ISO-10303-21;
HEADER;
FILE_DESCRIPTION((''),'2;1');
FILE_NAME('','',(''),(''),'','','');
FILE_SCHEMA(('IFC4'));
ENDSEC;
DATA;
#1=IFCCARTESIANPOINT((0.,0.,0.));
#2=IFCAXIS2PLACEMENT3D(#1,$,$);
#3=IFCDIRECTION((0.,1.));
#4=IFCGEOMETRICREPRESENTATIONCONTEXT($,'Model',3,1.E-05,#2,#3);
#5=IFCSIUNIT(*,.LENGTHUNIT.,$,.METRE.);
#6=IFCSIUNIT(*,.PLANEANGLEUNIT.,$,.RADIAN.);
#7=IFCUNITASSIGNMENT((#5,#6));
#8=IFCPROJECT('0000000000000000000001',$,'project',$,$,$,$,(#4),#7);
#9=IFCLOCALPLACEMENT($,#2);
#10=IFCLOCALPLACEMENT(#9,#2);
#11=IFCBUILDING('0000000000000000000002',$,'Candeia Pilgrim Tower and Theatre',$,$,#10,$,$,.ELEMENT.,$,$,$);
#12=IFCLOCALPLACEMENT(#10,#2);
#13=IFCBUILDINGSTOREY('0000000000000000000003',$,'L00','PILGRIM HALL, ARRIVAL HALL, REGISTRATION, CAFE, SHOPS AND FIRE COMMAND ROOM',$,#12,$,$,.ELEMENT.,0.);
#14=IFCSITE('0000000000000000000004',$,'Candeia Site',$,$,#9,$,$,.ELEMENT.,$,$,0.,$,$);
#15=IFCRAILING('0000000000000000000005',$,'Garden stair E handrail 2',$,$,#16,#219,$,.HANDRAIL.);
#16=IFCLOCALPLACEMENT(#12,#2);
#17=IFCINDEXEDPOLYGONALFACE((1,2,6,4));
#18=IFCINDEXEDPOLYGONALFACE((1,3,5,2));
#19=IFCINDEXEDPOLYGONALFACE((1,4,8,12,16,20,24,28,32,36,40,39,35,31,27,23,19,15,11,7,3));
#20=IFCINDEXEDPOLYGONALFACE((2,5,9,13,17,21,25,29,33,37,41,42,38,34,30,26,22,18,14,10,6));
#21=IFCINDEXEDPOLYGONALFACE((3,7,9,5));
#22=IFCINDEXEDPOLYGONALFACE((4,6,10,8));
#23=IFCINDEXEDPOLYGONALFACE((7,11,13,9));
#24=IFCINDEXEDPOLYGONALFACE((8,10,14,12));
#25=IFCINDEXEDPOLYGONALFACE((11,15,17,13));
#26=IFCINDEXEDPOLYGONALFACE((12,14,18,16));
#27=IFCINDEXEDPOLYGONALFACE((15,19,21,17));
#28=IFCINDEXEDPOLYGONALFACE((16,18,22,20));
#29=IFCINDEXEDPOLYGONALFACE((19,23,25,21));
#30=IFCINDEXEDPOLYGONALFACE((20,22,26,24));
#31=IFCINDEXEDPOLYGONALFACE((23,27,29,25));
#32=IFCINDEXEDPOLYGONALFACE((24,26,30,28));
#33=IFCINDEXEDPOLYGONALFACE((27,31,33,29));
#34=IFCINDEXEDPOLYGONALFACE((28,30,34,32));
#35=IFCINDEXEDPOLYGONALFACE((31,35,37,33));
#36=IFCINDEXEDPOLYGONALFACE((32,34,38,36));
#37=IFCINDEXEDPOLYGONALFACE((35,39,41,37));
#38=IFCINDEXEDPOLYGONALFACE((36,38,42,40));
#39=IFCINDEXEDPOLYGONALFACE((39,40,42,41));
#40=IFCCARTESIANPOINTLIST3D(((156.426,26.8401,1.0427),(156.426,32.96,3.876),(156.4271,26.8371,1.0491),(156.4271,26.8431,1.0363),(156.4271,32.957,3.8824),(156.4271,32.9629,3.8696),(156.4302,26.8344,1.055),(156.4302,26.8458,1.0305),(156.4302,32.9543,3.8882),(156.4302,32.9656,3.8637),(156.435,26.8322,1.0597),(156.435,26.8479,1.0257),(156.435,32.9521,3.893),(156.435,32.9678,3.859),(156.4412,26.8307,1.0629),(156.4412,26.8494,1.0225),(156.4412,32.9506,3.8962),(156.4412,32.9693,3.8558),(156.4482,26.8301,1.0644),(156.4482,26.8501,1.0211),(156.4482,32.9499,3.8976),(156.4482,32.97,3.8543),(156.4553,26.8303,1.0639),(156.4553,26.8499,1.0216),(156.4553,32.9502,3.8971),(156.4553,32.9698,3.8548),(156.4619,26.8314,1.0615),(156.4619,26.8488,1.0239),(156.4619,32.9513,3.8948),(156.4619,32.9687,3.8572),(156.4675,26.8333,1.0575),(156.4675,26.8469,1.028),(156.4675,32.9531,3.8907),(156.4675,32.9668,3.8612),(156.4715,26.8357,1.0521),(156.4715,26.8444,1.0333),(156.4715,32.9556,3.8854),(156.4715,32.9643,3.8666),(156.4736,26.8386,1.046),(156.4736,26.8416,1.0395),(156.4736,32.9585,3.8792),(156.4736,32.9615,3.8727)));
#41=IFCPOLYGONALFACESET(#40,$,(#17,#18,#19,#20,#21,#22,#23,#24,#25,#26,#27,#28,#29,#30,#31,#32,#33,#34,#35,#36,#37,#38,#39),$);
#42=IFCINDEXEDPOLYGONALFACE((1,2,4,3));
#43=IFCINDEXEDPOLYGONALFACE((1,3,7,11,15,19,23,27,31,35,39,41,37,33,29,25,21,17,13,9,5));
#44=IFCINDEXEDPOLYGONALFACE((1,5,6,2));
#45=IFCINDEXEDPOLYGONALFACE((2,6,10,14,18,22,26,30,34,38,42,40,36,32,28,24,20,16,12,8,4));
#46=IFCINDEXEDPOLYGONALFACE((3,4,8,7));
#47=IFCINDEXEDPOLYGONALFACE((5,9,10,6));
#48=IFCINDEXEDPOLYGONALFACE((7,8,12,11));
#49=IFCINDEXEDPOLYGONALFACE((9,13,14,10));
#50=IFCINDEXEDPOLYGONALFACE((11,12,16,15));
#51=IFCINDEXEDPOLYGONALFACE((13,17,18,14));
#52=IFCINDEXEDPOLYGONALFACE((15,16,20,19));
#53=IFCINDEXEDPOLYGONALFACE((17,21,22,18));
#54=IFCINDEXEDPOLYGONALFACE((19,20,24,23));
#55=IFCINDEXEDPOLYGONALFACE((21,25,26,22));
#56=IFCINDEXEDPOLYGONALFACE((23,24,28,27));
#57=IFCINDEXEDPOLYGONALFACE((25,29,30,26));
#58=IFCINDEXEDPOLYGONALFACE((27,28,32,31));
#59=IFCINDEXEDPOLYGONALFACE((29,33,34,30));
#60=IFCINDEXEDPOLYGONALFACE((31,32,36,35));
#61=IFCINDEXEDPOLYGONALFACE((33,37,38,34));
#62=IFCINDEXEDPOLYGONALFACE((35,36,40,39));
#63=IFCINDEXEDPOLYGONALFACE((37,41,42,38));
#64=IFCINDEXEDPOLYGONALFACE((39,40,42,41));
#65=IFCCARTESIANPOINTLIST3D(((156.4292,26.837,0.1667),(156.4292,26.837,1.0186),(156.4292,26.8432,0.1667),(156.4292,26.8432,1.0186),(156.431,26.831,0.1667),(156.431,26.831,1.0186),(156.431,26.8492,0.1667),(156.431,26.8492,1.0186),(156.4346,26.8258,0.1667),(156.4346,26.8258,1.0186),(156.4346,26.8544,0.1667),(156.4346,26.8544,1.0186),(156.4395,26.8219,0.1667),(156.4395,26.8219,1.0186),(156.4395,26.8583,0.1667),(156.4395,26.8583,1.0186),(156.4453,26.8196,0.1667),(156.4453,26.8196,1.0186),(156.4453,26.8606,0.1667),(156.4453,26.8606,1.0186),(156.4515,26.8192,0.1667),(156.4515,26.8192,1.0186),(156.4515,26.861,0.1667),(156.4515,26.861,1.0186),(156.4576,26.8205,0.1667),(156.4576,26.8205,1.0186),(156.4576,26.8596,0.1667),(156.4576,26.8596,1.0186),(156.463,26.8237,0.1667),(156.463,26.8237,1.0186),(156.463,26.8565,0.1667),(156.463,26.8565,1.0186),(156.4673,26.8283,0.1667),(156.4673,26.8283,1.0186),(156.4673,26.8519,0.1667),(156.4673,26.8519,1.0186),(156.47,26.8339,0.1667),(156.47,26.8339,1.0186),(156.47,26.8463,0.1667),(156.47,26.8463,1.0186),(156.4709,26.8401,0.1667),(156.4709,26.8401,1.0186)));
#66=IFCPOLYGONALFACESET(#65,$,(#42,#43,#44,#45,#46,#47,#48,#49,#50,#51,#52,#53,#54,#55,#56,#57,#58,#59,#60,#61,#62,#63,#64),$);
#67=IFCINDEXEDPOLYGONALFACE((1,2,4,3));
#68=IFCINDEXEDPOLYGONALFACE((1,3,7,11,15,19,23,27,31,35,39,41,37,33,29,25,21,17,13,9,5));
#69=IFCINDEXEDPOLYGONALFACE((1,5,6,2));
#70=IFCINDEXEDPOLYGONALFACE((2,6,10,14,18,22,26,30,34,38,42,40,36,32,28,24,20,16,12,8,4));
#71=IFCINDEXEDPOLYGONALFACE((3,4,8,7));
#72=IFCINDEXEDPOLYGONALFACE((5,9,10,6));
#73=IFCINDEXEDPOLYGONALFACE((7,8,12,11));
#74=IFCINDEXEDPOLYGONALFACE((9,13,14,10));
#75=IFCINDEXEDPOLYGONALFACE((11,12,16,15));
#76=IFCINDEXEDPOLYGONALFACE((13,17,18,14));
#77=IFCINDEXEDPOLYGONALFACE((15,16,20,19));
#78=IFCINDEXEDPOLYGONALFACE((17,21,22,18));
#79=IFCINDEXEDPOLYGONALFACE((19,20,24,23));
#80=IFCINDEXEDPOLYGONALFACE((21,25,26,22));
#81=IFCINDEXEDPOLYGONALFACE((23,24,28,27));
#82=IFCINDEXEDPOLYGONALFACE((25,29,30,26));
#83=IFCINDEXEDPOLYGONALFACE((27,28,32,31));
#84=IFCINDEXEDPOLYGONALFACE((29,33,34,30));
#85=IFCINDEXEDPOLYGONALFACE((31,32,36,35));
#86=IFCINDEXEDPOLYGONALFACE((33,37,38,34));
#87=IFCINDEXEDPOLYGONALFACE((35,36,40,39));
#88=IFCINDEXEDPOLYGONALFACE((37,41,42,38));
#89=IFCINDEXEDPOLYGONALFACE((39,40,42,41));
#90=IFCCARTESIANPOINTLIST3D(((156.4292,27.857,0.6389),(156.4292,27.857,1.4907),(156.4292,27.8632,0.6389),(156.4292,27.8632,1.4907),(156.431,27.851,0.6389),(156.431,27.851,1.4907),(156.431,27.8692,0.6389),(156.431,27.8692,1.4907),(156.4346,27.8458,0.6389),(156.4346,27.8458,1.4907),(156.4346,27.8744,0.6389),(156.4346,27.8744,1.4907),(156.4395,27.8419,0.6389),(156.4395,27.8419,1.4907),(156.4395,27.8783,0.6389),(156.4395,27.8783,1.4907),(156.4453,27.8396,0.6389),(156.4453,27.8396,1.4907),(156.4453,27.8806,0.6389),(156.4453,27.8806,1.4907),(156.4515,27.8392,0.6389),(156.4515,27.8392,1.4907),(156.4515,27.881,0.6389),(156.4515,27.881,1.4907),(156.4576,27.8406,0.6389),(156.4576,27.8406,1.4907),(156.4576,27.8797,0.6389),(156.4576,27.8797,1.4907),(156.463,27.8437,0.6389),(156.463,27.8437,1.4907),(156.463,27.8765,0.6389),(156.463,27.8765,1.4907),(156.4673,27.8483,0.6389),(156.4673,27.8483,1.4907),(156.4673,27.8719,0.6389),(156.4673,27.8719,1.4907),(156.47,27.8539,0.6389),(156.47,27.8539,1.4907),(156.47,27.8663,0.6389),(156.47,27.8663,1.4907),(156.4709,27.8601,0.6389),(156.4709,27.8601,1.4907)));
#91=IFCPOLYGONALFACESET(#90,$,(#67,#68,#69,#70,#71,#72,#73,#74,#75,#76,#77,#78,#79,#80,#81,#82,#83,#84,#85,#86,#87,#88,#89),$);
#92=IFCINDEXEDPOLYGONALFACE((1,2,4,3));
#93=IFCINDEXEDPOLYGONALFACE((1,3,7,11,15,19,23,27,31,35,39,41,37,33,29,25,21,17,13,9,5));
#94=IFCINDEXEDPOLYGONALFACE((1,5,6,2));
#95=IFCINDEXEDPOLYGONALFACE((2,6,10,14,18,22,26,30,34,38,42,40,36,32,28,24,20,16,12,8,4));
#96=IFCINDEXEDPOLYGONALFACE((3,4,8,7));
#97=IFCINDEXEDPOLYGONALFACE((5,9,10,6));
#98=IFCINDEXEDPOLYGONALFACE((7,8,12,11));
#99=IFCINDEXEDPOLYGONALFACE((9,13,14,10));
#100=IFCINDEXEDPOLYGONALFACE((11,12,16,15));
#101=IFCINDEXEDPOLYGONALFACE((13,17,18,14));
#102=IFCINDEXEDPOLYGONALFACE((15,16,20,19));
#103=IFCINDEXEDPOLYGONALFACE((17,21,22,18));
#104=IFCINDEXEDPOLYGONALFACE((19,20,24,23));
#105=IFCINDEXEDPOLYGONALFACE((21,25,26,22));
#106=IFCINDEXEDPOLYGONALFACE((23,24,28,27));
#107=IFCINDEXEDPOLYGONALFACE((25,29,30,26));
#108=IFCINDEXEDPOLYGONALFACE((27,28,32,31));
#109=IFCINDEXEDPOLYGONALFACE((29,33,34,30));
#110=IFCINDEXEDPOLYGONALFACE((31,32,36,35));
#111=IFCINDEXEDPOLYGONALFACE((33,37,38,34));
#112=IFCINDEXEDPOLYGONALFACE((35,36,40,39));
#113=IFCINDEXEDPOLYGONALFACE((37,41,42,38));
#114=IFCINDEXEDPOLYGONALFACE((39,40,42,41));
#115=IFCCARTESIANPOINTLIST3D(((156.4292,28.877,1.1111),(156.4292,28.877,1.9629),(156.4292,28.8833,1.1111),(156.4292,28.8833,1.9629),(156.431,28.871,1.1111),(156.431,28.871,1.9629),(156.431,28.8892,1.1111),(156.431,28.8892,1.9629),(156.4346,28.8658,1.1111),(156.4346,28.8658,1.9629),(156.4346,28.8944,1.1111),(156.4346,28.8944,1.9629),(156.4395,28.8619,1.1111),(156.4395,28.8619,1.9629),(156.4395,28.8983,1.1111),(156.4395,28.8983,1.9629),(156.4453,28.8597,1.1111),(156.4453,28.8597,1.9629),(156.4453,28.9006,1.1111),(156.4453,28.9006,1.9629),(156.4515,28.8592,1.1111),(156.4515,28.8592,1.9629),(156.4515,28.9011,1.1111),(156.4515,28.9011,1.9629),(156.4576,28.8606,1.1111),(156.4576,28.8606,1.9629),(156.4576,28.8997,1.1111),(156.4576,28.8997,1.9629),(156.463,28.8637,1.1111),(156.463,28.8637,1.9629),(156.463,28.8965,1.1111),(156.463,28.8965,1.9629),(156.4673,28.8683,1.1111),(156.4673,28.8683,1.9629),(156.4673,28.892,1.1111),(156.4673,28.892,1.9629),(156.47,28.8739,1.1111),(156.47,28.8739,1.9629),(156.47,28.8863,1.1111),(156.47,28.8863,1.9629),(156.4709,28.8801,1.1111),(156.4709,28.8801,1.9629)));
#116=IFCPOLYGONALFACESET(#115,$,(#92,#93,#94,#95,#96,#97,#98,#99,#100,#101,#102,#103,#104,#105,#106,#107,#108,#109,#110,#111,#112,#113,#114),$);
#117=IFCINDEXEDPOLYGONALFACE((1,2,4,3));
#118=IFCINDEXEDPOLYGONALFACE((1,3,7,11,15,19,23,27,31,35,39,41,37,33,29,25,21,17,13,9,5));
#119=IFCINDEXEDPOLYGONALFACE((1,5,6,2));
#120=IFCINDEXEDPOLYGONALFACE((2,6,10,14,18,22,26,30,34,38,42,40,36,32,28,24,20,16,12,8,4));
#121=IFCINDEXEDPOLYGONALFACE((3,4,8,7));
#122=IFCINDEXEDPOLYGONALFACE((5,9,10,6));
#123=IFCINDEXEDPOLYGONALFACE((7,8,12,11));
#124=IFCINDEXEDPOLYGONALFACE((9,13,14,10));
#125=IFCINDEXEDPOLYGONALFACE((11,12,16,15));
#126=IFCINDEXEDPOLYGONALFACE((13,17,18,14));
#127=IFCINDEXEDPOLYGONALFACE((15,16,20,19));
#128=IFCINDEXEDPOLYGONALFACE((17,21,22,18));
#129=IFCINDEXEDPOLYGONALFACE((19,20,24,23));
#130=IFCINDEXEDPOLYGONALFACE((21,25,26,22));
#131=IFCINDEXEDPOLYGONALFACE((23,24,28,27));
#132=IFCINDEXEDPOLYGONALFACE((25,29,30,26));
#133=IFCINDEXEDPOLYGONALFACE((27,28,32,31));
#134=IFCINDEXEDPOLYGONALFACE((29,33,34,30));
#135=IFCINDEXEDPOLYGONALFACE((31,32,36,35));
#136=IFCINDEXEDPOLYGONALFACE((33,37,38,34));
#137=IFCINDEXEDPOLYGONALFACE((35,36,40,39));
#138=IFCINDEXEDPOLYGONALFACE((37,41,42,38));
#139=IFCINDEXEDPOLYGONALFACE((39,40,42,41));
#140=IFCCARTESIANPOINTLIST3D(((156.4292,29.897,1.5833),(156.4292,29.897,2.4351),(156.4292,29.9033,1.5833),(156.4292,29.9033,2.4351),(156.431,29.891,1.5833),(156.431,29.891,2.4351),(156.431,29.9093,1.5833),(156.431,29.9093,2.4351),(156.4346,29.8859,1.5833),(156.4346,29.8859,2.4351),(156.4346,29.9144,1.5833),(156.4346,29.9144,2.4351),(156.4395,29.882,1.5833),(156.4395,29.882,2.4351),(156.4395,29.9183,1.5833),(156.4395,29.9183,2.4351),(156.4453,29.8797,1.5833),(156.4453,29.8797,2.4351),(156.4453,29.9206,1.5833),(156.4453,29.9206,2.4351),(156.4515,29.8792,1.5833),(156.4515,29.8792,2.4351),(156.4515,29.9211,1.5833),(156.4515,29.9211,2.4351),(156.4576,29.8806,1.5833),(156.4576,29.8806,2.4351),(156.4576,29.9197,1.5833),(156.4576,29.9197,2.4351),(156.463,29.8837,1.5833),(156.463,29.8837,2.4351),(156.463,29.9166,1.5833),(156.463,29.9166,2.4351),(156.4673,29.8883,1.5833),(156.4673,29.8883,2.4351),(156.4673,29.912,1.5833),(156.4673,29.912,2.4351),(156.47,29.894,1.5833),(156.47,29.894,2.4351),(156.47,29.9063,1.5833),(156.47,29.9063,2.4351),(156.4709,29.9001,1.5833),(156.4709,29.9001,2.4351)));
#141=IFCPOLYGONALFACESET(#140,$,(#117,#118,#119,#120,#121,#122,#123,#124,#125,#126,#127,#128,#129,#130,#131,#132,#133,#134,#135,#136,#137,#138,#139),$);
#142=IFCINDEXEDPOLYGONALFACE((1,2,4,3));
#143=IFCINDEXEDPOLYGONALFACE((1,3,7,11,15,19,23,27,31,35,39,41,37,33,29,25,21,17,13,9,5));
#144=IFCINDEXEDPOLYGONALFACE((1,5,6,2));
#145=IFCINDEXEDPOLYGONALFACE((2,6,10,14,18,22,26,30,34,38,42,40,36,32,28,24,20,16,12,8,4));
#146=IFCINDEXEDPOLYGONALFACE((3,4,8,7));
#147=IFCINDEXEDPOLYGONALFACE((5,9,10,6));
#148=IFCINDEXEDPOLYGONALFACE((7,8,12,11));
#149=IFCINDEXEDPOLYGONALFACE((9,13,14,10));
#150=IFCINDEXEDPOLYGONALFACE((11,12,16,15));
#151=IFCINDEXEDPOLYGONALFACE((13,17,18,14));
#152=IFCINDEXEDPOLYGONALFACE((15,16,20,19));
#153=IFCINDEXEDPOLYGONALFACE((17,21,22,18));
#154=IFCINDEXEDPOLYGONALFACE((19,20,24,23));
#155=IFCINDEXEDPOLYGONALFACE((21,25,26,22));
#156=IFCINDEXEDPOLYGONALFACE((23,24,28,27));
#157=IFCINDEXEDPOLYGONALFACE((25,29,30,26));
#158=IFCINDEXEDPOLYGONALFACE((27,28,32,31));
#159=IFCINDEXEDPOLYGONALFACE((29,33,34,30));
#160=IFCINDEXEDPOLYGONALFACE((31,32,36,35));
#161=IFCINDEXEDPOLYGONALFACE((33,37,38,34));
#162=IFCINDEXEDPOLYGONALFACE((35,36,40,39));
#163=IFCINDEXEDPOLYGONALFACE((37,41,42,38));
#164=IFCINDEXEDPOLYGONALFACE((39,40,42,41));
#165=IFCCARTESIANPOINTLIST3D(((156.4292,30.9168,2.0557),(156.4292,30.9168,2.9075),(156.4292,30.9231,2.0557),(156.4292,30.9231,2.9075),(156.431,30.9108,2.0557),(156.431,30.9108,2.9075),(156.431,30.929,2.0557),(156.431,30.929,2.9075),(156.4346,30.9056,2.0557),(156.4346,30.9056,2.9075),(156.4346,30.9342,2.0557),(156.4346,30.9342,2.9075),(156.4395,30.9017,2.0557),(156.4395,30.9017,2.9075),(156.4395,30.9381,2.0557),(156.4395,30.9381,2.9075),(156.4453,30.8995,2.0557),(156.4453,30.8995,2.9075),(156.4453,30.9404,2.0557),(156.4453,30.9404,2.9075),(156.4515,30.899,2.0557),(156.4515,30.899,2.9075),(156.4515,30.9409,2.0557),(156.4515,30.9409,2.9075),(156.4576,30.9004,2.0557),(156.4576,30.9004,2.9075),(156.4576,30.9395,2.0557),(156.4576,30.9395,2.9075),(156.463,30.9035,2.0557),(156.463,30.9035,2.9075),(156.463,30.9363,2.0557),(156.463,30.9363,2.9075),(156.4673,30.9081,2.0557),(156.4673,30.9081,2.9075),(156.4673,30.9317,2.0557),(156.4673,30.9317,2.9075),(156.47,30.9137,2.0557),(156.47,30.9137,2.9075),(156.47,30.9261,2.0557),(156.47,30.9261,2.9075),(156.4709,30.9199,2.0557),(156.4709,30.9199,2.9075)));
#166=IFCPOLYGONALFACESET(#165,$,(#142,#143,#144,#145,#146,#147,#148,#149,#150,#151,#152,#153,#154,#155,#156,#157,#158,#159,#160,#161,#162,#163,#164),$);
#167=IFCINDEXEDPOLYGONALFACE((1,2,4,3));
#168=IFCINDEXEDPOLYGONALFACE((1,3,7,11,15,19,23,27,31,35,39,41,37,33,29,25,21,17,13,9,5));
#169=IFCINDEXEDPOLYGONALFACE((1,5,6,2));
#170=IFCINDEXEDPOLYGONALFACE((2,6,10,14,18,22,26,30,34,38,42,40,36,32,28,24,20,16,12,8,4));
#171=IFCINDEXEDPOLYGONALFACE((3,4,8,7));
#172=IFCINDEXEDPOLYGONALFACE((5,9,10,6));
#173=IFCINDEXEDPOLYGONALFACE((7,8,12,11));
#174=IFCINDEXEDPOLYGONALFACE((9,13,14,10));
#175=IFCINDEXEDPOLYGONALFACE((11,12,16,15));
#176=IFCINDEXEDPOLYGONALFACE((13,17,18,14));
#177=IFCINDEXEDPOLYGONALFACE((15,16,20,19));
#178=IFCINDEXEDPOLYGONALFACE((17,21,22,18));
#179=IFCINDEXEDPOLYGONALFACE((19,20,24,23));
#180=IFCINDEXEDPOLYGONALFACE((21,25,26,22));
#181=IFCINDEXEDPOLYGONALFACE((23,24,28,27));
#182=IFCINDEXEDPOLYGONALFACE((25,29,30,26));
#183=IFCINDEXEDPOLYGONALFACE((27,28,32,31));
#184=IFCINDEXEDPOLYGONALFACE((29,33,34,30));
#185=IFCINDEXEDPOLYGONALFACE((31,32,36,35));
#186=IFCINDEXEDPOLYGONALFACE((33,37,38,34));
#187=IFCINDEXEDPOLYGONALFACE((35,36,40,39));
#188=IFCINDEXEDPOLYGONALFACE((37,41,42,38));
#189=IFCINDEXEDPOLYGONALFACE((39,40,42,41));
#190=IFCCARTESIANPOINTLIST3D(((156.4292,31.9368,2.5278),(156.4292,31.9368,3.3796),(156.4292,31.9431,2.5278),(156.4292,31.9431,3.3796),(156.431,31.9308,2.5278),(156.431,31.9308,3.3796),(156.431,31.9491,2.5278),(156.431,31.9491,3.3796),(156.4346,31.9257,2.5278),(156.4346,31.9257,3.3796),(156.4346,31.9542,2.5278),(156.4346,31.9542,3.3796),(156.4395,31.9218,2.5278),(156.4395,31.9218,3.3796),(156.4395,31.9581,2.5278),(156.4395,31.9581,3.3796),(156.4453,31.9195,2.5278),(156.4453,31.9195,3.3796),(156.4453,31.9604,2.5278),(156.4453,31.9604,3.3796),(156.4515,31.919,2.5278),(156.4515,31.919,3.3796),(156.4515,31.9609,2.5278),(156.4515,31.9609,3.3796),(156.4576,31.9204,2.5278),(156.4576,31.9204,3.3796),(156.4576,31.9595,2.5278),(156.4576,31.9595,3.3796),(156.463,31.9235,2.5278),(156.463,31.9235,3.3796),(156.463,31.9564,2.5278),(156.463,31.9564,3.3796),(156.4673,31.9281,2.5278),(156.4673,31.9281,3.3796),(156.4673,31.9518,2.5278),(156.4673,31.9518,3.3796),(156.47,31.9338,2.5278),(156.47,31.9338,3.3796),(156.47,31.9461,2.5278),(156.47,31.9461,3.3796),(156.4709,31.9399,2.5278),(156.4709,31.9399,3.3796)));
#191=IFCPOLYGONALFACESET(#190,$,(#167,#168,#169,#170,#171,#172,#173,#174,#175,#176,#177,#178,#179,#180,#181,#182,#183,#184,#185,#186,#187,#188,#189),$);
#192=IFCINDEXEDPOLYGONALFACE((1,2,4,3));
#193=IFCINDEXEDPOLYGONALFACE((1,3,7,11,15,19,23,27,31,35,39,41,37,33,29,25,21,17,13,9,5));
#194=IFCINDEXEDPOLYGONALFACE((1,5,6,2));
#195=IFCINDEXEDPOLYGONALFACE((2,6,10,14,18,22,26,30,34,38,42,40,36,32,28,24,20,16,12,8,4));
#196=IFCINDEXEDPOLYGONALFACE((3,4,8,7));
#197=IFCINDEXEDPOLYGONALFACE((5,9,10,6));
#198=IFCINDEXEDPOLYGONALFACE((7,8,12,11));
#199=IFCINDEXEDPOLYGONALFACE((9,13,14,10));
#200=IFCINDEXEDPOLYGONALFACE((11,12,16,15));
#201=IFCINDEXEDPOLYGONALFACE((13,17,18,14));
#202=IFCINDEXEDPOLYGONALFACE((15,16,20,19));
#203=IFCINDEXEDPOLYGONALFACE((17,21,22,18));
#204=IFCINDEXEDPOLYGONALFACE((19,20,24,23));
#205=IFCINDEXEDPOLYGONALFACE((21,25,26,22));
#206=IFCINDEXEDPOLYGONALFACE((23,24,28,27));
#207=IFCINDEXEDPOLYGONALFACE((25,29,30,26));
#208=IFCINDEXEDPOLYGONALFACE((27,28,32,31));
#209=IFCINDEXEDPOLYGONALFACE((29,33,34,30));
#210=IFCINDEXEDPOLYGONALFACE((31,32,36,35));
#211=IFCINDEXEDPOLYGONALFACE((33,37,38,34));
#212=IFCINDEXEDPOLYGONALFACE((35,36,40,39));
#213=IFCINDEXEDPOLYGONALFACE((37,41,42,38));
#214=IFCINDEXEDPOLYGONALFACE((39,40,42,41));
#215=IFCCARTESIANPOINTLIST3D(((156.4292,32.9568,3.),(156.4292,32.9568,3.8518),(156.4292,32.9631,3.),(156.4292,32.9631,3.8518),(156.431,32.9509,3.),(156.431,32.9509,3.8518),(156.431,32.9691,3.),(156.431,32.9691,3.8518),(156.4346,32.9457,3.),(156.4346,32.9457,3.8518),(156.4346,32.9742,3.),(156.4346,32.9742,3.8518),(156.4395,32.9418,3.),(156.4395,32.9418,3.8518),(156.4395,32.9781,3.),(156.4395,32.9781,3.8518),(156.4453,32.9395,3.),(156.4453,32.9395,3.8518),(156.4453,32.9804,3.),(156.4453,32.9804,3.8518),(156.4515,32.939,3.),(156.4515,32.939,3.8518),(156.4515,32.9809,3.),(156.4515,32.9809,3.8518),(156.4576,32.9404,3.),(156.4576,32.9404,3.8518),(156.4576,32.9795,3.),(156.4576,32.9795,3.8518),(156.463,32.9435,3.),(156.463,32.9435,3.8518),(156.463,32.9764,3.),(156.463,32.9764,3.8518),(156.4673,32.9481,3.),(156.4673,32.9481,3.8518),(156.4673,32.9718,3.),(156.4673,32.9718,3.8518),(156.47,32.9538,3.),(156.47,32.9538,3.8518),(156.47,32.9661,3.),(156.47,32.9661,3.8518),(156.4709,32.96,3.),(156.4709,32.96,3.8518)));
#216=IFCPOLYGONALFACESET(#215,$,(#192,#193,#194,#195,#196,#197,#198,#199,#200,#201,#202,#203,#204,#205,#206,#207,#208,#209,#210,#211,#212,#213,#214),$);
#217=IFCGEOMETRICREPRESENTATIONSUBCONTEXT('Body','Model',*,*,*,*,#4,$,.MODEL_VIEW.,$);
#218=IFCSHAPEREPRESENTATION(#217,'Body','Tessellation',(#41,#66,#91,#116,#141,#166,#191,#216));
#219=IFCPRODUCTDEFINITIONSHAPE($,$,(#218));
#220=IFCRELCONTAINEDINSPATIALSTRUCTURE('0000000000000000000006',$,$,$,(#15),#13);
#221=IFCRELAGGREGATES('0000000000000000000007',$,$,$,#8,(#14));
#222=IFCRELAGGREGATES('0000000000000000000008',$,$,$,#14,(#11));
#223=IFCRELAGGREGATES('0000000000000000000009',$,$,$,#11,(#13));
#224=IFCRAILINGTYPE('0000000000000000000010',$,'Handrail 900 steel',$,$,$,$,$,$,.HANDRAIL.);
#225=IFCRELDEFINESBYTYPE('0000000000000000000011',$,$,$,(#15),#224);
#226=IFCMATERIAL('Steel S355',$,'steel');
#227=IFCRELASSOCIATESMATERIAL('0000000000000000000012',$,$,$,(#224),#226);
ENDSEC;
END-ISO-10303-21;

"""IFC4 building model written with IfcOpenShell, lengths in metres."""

from ifc_helpers import new_model, si_unit, direction, frame, origin, origin_2d, place, context, subcontext, project, spatial, circle, extrude, material, type_object, element, save


model = new_model("IFC4")

# Units and contexts
model_context = context("Model", 3, precision=1e-05, world=origin(), true_north=direction((0.0, 1.0)))
body_context = subcontext(model_context, "Body", "Model", "MODEL_VIEW")
ifc_project = project(units=[si_unit("LENGTHUNIT", "METRE"), si_unit("PLANEANGLEUNIT", "RADIAN")], contexts=[model_context])

# Site, building, storey
site_placement = place(None, origin())
site = spatial("IfcSite", under=ifc_project, at=site_placement, Name="Candeia Site", CompositionType="ELEMENT", RefElevation=0.0)
building_placement = place(site_placement, origin())
building = spatial("IfcBuilding", under=site, at=building_placement, Name="Candeia Pilgrim Tower and Theatre", CompositionType="ELEMENT")
storey_placement = place(building_placement, origin())
storey = spatial("IfcBuildingStorey", under=building, at=storey_placement, Name="L00", Description="PILGRIM HALL, ARRIVAL HALL, REGISTRATION, CAFE, SHOPS AND FIRE COMMAND ROOM", CompositionType="ELEMENT", Elevation=0.0)

# Railing
ifc_material_1 = material(Name="Steel S355", Category="steel")
railing_type_1 = type_object("IfcRailingType", Name="Handrail 900 steel", PredefinedType="HANDRAIL", material=ifc_material_1)
for number, where, name in (
    (1, (156.45, 26.8401, 0.1667), "Garden stair E handrail 2"),
):
    element("IfcRailing", number, at=place(storey_placement, frame(where)), inside=storey, type_object=railing_type_1, Name=name, PredefinedType="HANDRAIL", context=body_context, shape_type="SweptSolid", body=[
        extrude(circle(Radius=0.0239, at=origin_2d()), frame((0.0, 0.0, 0.876), z_axis=(0.0, 0.907468, 0.420121), x_axis=(-1.0, 0.0, 0.0)), (0.0, 0.0, 1.0), 6.7439),
        extrude(circle(Radius=0.021, at=origin_2d()), origin(), (0.0, 0.0, 1.0), 0.8518),
        extrude(circle(Radius=0.021, at=origin_2d()), frame((0.0, 1.02, 0.4722)), (0.0, 0.0, 1.0), 0.8518),
        extrude(circle(Radius=0.021, at=origin_2d()), frame((0.0, 2.04, 0.9443)), (0.0, 0.0, 1.0), 0.8518),
        extrude(circle(Radius=0.021, at=origin_2d()), frame((0.0, 3.0601, 1.4165)), (0.0, 0.0, 1.0), 0.8518),
        extrude(circle(Radius=0.021, at=origin_2d()), frame((0.0, 4.0798, 1.8889)), (0.0, 0.0, 1.0), 0.8518),
        extrude(circle(Radius=0.021, at=origin_2d()), frame((0.0, 5.0999, 2.3611)), (0.0, 0.0, 1.0), 0.8518),
        extrude(circle(Radius=0.021, at=origin_2d()), frame((0.0, 6.1199, 2.8333)), (0.0, 0.0, 1.0), 0.8518),
    ])

save(model, "model.ifc")
